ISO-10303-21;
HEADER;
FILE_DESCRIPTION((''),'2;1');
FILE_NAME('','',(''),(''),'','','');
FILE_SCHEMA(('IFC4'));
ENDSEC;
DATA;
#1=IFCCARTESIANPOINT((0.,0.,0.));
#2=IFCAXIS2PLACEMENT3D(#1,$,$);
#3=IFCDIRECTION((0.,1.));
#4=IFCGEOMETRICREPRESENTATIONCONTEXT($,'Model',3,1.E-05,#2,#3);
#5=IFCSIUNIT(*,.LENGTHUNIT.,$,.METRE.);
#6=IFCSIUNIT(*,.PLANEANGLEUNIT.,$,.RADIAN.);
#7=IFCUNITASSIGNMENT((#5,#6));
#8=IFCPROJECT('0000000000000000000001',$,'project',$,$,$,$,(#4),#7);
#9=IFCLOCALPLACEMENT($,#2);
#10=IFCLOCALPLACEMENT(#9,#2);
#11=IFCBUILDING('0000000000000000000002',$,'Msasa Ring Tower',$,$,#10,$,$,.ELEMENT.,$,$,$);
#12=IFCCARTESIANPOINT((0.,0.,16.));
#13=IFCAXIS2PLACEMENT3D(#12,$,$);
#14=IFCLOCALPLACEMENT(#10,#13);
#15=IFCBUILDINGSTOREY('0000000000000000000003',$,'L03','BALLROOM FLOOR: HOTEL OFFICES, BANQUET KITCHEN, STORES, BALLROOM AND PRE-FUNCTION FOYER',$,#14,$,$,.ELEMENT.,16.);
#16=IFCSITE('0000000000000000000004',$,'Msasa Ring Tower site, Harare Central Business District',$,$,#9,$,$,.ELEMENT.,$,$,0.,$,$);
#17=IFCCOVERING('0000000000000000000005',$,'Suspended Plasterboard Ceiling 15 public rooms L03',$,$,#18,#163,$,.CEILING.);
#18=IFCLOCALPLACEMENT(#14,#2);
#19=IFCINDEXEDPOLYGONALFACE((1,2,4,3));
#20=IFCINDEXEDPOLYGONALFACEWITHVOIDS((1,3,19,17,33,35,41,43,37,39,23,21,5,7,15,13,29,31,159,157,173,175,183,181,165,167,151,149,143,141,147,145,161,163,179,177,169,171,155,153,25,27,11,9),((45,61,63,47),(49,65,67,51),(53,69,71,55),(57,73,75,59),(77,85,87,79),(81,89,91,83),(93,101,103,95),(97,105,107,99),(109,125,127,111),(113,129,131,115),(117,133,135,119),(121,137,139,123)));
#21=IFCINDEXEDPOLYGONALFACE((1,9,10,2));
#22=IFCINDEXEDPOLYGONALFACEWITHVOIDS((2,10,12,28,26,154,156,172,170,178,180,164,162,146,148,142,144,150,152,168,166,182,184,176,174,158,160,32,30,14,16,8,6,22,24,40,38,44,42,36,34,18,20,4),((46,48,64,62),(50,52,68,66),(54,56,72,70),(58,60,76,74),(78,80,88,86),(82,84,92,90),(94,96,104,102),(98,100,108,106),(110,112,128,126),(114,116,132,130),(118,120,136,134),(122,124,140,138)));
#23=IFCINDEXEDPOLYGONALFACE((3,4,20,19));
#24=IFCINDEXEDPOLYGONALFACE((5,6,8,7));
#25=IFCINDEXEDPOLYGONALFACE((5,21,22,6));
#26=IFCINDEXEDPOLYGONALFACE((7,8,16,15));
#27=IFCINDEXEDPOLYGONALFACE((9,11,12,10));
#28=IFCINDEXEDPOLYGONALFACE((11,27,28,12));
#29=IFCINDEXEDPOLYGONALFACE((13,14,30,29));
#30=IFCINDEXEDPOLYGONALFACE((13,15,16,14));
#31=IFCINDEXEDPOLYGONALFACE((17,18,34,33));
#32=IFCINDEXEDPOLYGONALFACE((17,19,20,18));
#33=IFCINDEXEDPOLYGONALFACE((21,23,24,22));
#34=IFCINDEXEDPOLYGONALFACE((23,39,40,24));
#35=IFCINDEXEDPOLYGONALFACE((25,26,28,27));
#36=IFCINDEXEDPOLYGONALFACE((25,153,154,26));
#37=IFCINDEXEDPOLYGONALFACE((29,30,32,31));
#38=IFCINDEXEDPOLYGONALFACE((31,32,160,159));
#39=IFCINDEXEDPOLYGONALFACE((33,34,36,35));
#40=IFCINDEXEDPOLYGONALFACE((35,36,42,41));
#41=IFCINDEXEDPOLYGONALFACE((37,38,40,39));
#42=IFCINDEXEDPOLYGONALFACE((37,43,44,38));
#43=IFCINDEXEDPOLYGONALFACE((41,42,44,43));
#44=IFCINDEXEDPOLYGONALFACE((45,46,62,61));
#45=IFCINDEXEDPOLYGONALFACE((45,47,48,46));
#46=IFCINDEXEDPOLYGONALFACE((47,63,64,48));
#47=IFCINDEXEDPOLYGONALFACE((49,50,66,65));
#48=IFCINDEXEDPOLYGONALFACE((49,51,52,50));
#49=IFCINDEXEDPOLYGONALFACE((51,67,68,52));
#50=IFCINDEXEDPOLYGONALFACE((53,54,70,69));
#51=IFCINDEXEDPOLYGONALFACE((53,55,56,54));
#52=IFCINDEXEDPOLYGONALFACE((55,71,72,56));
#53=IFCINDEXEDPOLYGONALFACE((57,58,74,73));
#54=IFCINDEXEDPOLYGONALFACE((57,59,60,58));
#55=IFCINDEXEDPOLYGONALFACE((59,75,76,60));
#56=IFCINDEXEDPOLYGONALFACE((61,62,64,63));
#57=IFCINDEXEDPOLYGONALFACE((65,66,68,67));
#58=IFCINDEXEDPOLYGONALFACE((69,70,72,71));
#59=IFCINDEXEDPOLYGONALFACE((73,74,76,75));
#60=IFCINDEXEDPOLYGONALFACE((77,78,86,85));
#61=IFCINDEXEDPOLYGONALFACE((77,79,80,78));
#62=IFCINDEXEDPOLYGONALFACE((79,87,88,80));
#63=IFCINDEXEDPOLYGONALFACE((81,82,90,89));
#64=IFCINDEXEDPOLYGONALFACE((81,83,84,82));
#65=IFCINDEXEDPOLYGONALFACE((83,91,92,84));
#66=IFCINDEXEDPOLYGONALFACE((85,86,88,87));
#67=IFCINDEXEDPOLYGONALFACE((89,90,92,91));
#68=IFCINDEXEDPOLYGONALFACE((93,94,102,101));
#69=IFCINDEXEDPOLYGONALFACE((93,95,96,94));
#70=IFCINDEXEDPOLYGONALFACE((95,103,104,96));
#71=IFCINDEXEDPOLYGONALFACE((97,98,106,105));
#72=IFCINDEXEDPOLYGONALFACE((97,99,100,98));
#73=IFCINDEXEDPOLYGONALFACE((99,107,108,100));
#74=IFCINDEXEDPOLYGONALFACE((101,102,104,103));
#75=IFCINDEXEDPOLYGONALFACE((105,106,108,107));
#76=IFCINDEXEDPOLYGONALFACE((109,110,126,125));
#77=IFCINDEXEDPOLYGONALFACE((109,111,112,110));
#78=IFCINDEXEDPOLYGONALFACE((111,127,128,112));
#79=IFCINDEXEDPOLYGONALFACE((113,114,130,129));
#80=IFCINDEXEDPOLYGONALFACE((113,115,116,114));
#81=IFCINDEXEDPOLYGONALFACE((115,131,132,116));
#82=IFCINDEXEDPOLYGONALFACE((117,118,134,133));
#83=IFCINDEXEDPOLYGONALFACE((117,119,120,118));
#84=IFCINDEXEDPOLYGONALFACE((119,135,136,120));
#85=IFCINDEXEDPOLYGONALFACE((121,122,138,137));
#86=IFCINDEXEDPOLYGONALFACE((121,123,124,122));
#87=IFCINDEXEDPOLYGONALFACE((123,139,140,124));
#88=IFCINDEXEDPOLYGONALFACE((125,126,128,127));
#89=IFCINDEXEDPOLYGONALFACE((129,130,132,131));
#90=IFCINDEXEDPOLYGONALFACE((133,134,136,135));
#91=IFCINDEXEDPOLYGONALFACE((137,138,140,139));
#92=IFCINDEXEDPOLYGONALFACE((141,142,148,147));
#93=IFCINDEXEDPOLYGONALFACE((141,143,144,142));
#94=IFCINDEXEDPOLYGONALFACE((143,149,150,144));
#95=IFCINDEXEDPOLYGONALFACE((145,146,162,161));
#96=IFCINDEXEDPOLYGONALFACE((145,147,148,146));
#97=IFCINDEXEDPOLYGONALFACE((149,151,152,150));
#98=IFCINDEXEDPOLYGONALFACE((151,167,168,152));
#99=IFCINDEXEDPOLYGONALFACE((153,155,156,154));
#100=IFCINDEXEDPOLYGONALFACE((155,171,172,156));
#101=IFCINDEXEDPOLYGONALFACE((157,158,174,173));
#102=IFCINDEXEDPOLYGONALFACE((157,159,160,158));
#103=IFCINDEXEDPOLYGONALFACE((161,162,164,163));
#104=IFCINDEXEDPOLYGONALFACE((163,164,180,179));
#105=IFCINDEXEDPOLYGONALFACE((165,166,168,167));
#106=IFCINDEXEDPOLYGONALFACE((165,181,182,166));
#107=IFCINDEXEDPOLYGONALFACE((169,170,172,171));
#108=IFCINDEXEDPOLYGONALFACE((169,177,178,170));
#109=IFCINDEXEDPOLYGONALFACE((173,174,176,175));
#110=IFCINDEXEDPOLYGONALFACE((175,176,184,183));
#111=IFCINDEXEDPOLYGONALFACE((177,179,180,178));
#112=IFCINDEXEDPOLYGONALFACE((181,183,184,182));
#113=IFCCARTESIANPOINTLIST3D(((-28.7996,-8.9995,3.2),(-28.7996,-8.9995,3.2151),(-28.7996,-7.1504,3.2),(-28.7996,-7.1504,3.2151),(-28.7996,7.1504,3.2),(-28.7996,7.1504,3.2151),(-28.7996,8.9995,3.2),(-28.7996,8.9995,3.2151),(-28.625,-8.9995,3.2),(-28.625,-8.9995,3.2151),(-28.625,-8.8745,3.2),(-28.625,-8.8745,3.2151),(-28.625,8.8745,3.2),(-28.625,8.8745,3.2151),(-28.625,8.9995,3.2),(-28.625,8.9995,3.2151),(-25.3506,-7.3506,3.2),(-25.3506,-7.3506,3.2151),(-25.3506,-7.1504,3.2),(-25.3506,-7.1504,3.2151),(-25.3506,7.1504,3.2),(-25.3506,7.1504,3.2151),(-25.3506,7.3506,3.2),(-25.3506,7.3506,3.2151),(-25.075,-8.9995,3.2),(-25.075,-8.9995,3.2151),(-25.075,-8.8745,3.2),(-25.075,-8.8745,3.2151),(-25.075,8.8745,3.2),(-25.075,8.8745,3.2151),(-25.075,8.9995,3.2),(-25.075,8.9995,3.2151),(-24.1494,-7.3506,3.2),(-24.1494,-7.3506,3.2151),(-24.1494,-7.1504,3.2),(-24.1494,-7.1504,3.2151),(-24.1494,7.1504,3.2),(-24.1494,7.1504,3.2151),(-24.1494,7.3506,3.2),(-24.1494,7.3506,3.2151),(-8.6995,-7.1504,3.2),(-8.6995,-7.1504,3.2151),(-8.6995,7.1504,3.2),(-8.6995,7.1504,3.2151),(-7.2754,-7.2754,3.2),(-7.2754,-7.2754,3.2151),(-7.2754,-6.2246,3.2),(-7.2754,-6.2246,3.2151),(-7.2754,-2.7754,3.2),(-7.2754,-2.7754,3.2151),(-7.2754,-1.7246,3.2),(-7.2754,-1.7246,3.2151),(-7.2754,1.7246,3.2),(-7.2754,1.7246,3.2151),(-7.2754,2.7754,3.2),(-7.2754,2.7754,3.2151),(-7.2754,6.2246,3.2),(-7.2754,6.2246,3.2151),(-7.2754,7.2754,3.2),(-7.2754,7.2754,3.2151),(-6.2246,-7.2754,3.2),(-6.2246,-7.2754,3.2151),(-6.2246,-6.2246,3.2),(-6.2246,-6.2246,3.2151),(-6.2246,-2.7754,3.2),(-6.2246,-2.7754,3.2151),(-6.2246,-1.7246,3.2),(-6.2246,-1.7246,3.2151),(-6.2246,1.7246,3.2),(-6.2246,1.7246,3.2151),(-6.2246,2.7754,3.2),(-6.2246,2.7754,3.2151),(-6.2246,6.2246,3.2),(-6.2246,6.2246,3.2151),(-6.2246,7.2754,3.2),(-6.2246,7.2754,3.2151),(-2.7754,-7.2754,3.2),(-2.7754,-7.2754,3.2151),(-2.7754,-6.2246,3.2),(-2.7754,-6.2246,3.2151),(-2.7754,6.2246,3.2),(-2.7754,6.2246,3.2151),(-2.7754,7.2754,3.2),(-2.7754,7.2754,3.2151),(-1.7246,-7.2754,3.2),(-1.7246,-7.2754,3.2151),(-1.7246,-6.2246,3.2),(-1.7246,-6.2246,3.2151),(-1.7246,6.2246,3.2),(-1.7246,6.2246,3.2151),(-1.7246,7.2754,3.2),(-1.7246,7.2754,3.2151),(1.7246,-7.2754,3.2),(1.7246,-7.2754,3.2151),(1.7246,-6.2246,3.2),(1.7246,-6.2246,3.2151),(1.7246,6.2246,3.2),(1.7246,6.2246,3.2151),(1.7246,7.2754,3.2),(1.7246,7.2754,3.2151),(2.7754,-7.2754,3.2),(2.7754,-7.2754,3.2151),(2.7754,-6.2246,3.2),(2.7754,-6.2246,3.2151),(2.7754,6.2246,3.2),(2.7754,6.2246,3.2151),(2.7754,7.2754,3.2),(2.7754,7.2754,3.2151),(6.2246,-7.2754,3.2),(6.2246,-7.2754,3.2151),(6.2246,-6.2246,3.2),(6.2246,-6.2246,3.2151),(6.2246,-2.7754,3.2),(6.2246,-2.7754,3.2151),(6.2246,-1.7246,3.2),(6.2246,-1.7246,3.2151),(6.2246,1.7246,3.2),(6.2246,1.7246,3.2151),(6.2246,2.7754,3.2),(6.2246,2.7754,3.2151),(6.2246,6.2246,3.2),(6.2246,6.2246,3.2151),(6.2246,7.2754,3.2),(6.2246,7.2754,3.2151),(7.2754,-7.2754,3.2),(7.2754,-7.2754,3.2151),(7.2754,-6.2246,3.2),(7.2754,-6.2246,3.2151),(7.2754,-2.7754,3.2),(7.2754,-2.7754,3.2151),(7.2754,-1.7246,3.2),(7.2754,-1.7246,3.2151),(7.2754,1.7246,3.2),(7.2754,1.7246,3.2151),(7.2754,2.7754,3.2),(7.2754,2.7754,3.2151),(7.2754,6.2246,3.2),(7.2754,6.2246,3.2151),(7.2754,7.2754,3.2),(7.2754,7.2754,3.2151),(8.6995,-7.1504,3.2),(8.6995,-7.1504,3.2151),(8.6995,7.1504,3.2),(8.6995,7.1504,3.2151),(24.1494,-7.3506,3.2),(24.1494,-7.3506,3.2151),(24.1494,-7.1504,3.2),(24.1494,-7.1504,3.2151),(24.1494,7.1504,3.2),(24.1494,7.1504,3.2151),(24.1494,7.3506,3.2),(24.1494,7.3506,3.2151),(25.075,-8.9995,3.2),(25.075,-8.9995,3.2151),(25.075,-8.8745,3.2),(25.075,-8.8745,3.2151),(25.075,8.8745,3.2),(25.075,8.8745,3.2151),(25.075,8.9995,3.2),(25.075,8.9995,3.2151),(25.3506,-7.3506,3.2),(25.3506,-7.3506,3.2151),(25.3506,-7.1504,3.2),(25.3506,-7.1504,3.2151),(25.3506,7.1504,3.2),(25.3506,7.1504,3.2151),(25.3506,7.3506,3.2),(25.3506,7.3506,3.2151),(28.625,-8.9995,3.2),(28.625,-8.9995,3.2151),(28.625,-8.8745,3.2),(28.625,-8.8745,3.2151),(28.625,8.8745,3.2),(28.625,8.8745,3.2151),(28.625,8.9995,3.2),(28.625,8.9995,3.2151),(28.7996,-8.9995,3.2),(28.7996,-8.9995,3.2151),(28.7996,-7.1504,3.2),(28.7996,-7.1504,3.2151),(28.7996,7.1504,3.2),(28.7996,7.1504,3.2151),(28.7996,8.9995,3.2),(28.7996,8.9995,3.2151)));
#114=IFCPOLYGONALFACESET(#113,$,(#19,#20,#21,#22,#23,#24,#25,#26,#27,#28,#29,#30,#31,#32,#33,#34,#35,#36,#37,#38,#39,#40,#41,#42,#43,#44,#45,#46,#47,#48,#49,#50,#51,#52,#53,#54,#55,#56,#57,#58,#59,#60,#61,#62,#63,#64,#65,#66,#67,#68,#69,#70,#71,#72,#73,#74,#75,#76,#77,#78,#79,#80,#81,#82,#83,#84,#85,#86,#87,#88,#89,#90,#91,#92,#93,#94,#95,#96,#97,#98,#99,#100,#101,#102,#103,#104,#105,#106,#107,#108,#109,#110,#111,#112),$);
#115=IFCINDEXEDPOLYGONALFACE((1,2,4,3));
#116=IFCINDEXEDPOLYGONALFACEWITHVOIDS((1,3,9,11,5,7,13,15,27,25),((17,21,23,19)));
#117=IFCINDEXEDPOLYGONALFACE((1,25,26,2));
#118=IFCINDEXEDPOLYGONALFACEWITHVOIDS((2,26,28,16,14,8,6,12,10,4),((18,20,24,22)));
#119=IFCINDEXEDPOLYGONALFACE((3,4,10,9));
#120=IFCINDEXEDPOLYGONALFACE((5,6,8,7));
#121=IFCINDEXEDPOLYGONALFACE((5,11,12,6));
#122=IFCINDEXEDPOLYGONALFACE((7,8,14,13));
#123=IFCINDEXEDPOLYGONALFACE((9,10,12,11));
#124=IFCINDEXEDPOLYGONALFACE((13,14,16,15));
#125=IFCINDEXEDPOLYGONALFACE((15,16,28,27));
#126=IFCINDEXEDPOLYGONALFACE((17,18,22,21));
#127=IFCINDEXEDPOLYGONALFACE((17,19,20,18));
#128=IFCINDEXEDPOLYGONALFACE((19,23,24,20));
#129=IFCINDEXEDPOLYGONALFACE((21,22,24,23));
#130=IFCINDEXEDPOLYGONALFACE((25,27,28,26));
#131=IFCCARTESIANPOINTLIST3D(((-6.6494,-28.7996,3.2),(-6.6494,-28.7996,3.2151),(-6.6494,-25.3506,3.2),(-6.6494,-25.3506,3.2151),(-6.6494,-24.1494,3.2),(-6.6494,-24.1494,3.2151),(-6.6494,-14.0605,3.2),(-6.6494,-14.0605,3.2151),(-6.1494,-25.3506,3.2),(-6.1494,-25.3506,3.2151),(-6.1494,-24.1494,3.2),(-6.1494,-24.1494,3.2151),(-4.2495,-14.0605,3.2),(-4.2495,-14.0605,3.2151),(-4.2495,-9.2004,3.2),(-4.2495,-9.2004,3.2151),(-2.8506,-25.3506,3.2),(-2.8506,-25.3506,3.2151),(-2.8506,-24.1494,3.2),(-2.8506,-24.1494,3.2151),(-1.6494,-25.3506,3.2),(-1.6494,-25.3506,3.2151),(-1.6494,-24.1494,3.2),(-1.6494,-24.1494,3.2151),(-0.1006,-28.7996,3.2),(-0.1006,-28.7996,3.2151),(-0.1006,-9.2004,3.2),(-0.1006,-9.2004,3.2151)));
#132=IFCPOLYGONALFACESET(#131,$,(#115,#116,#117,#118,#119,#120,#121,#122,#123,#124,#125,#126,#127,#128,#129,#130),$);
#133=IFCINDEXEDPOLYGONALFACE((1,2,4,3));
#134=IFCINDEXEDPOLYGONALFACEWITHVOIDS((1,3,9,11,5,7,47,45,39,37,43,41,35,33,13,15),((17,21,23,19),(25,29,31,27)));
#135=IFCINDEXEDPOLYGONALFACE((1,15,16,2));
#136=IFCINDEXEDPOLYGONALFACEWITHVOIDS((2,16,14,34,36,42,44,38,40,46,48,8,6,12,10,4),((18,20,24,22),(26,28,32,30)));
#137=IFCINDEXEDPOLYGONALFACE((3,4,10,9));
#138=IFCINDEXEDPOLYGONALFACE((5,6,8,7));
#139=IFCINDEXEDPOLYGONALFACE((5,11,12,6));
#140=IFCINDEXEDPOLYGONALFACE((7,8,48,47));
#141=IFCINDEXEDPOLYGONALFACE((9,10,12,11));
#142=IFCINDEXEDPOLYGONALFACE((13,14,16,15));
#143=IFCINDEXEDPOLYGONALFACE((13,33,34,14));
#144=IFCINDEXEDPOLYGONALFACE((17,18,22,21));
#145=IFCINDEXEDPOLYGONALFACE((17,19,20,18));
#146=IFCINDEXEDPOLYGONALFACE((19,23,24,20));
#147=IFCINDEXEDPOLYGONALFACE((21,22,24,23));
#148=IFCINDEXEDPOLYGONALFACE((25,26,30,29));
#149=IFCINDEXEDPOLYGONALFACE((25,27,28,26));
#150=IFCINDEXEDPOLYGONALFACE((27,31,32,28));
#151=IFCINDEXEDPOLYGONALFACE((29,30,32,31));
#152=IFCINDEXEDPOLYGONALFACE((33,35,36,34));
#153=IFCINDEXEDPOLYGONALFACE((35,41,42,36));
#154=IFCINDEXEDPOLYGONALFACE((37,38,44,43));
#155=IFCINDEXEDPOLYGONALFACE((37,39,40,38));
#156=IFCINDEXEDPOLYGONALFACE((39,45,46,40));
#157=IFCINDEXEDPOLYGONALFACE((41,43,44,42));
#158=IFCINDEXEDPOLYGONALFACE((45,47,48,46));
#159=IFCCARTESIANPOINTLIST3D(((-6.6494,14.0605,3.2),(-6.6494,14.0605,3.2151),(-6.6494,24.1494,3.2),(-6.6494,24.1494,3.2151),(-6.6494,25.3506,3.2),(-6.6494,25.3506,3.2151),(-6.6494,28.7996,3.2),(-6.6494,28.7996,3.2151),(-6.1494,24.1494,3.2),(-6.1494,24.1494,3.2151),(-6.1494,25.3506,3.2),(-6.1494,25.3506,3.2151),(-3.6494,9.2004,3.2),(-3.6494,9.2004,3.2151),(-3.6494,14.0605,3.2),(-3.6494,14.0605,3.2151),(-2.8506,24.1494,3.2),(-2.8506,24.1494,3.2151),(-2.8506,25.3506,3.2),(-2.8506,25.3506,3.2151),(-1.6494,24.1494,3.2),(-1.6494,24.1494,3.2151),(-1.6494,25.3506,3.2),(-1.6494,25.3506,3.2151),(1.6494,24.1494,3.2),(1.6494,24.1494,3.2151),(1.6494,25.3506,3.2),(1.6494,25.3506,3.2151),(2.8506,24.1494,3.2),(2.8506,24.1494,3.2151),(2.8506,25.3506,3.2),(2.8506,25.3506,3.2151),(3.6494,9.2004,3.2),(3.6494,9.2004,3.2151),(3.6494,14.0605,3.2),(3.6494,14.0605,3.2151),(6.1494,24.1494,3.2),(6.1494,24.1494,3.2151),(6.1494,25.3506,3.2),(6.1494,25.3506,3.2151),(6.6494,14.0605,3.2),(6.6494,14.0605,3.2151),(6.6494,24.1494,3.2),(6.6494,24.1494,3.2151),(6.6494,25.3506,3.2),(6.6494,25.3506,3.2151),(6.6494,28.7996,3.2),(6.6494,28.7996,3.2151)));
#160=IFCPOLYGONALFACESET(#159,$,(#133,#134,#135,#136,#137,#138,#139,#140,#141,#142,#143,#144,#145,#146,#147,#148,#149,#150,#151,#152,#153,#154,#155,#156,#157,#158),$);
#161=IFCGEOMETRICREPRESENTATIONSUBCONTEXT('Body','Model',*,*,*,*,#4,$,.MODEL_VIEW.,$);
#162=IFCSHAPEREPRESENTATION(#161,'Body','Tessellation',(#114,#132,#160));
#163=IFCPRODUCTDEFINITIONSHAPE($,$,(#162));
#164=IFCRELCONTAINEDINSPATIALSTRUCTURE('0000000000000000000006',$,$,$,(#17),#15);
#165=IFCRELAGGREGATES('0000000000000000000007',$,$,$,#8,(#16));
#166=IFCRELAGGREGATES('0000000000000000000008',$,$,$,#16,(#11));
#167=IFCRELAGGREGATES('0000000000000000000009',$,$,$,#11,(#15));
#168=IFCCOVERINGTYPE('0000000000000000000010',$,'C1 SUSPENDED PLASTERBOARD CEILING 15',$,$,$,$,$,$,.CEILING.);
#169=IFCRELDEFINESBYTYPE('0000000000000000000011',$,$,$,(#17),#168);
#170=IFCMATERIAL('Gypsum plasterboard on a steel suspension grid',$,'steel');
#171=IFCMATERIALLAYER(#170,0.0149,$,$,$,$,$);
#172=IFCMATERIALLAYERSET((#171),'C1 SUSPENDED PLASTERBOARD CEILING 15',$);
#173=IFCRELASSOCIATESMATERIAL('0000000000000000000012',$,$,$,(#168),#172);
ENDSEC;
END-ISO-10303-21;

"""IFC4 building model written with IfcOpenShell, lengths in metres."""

from ifc_helpers import new_model, si_unit, direction, frame, origin, place, context, subcontext, project, spatial, line, indexed_curve, outline, extrude, material, layer, layer_set, type_object, element, save


model = new_model("IFC4")

# Units and contexts
model_context = context("Model", 3, precision=1e-05, world=origin(), true_north=direction((0.0, 1.0)))
body_context = subcontext(model_context, "Body", "Model", "MODEL_VIEW")
ifc_project = project(units=[si_unit("LENGTHUNIT", "METRE"), si_unit("PLANEANGLEUNIT", "RADIAN")], contexts=[model_context])

# Site, building, storey
site_placement = place(None, origin())
site = spatial("IfcSite", under=ifc_project, at=site_placement, Name="Msasa Ring Tower site, Harare Central Business District", CompositionType="ELEMENT", RefElevation=0.0)
building_placement = place(site_placement, origin())
building = spatial("IfcBuilding", under=site, at=building_placement, Name="Msasa Ring Tower", CompositionType="ELEMENT")
storey_placement = place(building_placement, frame((0.0, 0.0, 16.0)))
storey = spatial("IfcBuildingStorey", under=building, at=storey_placement, Name="L03", Description="BALLROOM FLOOR: HOTEL OFFICES, BANQUET KITCHEN, STORES, BALLROOM AND PRE-FUNCTION FOYER", CompositionType="ELEMENT", Elevation=16.0)

# Covering
ifc_material_1 = material(Name="Gypsum plasterboard on a steel suspension grid", Category="steel")
ifc_layer_1 = layer(ifc_material_1, 0.0149)
ifc_layer_set_1 = layer_set([ifc_layer_1], Name="C1 SUSPENDED PLASTERBOARD CEILING 15")
covering_type_1 = type_object("IfcCoveringType", Name="C1 SUSPENDED PLASTERBOARD CEILING 15", PredefinedType="CEILING", material=ifc_layer_set_1)
covering_1_placement = place(storey_placement, frame((0.0, 0.0, 3.2)))
element("IfcCovering", 1, at=covering_1_placement, inside=storey, type_object=covering_type_1, Name="Suspended Plasterboard Ceiling 15 public rooms L03", PredefinedType="CEILING", context=body_context, shape_type="SweptSolid", body=[
    extrude(outline(indexed_curve([(-8.6995, 7.1504), (-24.1494, 7.1504), (-24.1494, 7.3506), (-25.3506, 7.3506), (-25.3506, 7.1504), (-28.7996, 7.1504), (-28.7996, 8.9995), (-28.625, 8.9995), (-28.625, 8.8745), (-25.075, 8.8745), (-25.075, 8.9995), (25.075, 8.9995), (25.075, 8.8745), (28.625, 8.8745), (28.625, 8.9995), (28.7996, 8.9995), (28.7996, 7.1504), (25.3506, 7.1504), (25.3506, 7.3506), (24.1494, 7.3506), (24.1494, 7.1504), (8.6995, 7.1504), (8.6995, -7.1504), (24.1494, -7.1504), (24.1494, -7.3506), (25.3506, -7.3506), (25.3506, -7.1504), (28.7996, -7.1504), (28.7996, -8.9995), (28.625, -8.9995), (28.625, -8.8745), (25.075, -8.8745), (25.075, -8.9995), (-25.075, -8.9995), (-25.075, -8.8745), (-28.625, -8.8745), (-28.625, -8.9995), (-28.7996, -8.9995), (-28.7996, -7.1504), (-25.3506, -7.1504), (-25.3506, -7.3506), (-24.1494, -7.3506), (-24.1494, -7.1504), (-8.6995, -7.1504)], segments=[line(1, 2, 3, 4, 5, 6, 7, 8, 9, 10, 11, 12, 13, 14, 15, 16, 17, 18, 19, 20, 21, 22, 23, 24, 25, 26, 27, 28, 29, 30, 31, 32, 33, 34, 35, 36, 37, 38, 39, 40, 41, 42, 43, 44, 1)], self_intersect=False), holes=[indexed_curve([(-6.2246, -7.2754), (-6.2246, -6.2246), (-7.2754, -6.2246), (-7.2754, -7.2754)], segments=[line(1, 2, 3, 4, 1)], self_intersect=False), indexed_curve([(-2.7754, -7.2754), (-1.7246, -7.2754), (-1.7246, -6.2246), (-2.7754, -6.2246)], segments=[line(1, 2, 3, 4, 1)], self_intersect=False), indexed_curve([(-7.2754, -2.7754), (-6.2246, -2.7754), (-6.2246, -1.7246), (-7.2754, -1.7246)], segments=[line(1, 2, 3, 4, 1)], self_intersect=False), indexed_curve([(-6.2246, 1.7246), (-6.2246, 2.7754), (-7.2754, 2.7754), (-7.2754, 1.7246)], segments=[line(1, 2, 3, 4, 1)], self_intersect=False), indexed_curve([(-6.2246, 6.2246), (-6.2246, 7.2754), (-7.2754, 7.2754), (-7.2754, 6.2246)], segments=[line(1, 2, 3, 4, 1)], self_intersect=False), indexed_curve([(-1.7246, 6.2246), (-1.7246, 7.2754), (-2.7754, 7.2754), (-2.7754, 6.2246)], segments=[line(1, 2, 3, 4, 1)], self_intersect=False), indexed_curve([(2.7754, -7.2754), (2.7754, -6.2246), (1.7246, -6.2246), (1.7246, -7.2754)], segments=[line(1, 2, 3, 4, 1)], self_intersect=False), indexed_curve([(7.2754, -7.2754), (7.2754, -6.2246), (6.2246, -6.2246), (6.2246, -7.2754)], segments=[line(1, 2, 3, 4, 1)], self_intersect=False), indexed_curve([(6.2246, -2.7754), (7.2754, -2.7754), (7.2754, -1.7246), (6.2246, -1.7246)], segments=[line(1, 2, 3, 4, 1)], self_intersect=False), indexed_curve([(6.2246, 1.7246), (7.2754, 1.7246), (7.2754, 2.7754), (6.2246, 2.7754)], segments=[line(1, 2, 3, 4, 1)], self_intersect=False), indexed_curve([(2.7754, 6.2246), (2.7754, 7.2754), (1.7246, 7.2754), (1.7246, 6.2246)], segments=[line(1, 2, 3, 4, 1)], self_intersect=False), indexed_curve([(7.2754, 6.2246), (7.2754, 7.2754), (6.2246, 7.2754), (6.2246, 6.2246)], segments=[line(1, 2, 3, 4, 1)], self_intersect=False)]), origin(), (0.0, 0.0, 1.0), 0.0151),
    extrude(outline(indexed_curve([(-0.1006, -9.2004), (-0.1006, -28.7996), (-6.6494, -28.7996), (-6.6494, -25.3506), (-6.1494, -25.3506), (-6.1494, -24.1494), (-6.6494, -24.1494), (-6.6494, -14.0605), (-4.2495, -14.0605), (-4.2495, -9.2004)], segments=[line(1, 2, 3, 4, 5, 6, 7, 8, 9, 10, 1)], self_intersect=False), holes=[indexed_curve([(-1.6494, -25.3506), (-1.6494, -24.1494), (-2.8506, -24.1494), (-2.8506, -25.3506)], segments=[line(1, 2, 3, 4, 1)], self_intersect=False)]), origin(), (0.0, 0.0, 1.0), 0.0151),
    extrude(outline(indexed_curve([(-3.6494, 9.2004), (-3.6494, 14.0605), (-6.6494, 14.0605), (-6.6494, 24.1494), (-6.1494, 24.1494), (-6.1494, 25.3506), (-6.6494, 25.3506), (-6.6494, 28.7996), (6.6494, 28.7996), (6.6494, 25.3506), (6.1494, 25.3506), (6.1494, 24.1494), (6.6494, 24.1494), (6.6494, 14.0605), (3.6494, 14.0605), (3.6494, 9.2004)], segments=[line(1, 2, 3, 4, 5, 6, 7, 8, 9, 10, 11, 12, 13, 14, 15, 16, 1)], self_intersect=False), holes=[indexed_curve([(-2.8506, 24.1494), (-1.6494, 24.1494), (-1.6494, 25.3506), (-2.8506, 25.3506)], segments=[line(1, 2, 3, 4, 1)], self_intersect=False), indexed_curve([(1.6494, 24.1494), (2.8506, 24.1494), (2.8506, 25.3506), (1.6494, 25.3506)], segments=[line(1, 2, 3, 4, 1)], self_intersect=False)]), origin(), (0.0, 0.0, 1.0), 0.0151),
])

save(model, "model.ifc")
